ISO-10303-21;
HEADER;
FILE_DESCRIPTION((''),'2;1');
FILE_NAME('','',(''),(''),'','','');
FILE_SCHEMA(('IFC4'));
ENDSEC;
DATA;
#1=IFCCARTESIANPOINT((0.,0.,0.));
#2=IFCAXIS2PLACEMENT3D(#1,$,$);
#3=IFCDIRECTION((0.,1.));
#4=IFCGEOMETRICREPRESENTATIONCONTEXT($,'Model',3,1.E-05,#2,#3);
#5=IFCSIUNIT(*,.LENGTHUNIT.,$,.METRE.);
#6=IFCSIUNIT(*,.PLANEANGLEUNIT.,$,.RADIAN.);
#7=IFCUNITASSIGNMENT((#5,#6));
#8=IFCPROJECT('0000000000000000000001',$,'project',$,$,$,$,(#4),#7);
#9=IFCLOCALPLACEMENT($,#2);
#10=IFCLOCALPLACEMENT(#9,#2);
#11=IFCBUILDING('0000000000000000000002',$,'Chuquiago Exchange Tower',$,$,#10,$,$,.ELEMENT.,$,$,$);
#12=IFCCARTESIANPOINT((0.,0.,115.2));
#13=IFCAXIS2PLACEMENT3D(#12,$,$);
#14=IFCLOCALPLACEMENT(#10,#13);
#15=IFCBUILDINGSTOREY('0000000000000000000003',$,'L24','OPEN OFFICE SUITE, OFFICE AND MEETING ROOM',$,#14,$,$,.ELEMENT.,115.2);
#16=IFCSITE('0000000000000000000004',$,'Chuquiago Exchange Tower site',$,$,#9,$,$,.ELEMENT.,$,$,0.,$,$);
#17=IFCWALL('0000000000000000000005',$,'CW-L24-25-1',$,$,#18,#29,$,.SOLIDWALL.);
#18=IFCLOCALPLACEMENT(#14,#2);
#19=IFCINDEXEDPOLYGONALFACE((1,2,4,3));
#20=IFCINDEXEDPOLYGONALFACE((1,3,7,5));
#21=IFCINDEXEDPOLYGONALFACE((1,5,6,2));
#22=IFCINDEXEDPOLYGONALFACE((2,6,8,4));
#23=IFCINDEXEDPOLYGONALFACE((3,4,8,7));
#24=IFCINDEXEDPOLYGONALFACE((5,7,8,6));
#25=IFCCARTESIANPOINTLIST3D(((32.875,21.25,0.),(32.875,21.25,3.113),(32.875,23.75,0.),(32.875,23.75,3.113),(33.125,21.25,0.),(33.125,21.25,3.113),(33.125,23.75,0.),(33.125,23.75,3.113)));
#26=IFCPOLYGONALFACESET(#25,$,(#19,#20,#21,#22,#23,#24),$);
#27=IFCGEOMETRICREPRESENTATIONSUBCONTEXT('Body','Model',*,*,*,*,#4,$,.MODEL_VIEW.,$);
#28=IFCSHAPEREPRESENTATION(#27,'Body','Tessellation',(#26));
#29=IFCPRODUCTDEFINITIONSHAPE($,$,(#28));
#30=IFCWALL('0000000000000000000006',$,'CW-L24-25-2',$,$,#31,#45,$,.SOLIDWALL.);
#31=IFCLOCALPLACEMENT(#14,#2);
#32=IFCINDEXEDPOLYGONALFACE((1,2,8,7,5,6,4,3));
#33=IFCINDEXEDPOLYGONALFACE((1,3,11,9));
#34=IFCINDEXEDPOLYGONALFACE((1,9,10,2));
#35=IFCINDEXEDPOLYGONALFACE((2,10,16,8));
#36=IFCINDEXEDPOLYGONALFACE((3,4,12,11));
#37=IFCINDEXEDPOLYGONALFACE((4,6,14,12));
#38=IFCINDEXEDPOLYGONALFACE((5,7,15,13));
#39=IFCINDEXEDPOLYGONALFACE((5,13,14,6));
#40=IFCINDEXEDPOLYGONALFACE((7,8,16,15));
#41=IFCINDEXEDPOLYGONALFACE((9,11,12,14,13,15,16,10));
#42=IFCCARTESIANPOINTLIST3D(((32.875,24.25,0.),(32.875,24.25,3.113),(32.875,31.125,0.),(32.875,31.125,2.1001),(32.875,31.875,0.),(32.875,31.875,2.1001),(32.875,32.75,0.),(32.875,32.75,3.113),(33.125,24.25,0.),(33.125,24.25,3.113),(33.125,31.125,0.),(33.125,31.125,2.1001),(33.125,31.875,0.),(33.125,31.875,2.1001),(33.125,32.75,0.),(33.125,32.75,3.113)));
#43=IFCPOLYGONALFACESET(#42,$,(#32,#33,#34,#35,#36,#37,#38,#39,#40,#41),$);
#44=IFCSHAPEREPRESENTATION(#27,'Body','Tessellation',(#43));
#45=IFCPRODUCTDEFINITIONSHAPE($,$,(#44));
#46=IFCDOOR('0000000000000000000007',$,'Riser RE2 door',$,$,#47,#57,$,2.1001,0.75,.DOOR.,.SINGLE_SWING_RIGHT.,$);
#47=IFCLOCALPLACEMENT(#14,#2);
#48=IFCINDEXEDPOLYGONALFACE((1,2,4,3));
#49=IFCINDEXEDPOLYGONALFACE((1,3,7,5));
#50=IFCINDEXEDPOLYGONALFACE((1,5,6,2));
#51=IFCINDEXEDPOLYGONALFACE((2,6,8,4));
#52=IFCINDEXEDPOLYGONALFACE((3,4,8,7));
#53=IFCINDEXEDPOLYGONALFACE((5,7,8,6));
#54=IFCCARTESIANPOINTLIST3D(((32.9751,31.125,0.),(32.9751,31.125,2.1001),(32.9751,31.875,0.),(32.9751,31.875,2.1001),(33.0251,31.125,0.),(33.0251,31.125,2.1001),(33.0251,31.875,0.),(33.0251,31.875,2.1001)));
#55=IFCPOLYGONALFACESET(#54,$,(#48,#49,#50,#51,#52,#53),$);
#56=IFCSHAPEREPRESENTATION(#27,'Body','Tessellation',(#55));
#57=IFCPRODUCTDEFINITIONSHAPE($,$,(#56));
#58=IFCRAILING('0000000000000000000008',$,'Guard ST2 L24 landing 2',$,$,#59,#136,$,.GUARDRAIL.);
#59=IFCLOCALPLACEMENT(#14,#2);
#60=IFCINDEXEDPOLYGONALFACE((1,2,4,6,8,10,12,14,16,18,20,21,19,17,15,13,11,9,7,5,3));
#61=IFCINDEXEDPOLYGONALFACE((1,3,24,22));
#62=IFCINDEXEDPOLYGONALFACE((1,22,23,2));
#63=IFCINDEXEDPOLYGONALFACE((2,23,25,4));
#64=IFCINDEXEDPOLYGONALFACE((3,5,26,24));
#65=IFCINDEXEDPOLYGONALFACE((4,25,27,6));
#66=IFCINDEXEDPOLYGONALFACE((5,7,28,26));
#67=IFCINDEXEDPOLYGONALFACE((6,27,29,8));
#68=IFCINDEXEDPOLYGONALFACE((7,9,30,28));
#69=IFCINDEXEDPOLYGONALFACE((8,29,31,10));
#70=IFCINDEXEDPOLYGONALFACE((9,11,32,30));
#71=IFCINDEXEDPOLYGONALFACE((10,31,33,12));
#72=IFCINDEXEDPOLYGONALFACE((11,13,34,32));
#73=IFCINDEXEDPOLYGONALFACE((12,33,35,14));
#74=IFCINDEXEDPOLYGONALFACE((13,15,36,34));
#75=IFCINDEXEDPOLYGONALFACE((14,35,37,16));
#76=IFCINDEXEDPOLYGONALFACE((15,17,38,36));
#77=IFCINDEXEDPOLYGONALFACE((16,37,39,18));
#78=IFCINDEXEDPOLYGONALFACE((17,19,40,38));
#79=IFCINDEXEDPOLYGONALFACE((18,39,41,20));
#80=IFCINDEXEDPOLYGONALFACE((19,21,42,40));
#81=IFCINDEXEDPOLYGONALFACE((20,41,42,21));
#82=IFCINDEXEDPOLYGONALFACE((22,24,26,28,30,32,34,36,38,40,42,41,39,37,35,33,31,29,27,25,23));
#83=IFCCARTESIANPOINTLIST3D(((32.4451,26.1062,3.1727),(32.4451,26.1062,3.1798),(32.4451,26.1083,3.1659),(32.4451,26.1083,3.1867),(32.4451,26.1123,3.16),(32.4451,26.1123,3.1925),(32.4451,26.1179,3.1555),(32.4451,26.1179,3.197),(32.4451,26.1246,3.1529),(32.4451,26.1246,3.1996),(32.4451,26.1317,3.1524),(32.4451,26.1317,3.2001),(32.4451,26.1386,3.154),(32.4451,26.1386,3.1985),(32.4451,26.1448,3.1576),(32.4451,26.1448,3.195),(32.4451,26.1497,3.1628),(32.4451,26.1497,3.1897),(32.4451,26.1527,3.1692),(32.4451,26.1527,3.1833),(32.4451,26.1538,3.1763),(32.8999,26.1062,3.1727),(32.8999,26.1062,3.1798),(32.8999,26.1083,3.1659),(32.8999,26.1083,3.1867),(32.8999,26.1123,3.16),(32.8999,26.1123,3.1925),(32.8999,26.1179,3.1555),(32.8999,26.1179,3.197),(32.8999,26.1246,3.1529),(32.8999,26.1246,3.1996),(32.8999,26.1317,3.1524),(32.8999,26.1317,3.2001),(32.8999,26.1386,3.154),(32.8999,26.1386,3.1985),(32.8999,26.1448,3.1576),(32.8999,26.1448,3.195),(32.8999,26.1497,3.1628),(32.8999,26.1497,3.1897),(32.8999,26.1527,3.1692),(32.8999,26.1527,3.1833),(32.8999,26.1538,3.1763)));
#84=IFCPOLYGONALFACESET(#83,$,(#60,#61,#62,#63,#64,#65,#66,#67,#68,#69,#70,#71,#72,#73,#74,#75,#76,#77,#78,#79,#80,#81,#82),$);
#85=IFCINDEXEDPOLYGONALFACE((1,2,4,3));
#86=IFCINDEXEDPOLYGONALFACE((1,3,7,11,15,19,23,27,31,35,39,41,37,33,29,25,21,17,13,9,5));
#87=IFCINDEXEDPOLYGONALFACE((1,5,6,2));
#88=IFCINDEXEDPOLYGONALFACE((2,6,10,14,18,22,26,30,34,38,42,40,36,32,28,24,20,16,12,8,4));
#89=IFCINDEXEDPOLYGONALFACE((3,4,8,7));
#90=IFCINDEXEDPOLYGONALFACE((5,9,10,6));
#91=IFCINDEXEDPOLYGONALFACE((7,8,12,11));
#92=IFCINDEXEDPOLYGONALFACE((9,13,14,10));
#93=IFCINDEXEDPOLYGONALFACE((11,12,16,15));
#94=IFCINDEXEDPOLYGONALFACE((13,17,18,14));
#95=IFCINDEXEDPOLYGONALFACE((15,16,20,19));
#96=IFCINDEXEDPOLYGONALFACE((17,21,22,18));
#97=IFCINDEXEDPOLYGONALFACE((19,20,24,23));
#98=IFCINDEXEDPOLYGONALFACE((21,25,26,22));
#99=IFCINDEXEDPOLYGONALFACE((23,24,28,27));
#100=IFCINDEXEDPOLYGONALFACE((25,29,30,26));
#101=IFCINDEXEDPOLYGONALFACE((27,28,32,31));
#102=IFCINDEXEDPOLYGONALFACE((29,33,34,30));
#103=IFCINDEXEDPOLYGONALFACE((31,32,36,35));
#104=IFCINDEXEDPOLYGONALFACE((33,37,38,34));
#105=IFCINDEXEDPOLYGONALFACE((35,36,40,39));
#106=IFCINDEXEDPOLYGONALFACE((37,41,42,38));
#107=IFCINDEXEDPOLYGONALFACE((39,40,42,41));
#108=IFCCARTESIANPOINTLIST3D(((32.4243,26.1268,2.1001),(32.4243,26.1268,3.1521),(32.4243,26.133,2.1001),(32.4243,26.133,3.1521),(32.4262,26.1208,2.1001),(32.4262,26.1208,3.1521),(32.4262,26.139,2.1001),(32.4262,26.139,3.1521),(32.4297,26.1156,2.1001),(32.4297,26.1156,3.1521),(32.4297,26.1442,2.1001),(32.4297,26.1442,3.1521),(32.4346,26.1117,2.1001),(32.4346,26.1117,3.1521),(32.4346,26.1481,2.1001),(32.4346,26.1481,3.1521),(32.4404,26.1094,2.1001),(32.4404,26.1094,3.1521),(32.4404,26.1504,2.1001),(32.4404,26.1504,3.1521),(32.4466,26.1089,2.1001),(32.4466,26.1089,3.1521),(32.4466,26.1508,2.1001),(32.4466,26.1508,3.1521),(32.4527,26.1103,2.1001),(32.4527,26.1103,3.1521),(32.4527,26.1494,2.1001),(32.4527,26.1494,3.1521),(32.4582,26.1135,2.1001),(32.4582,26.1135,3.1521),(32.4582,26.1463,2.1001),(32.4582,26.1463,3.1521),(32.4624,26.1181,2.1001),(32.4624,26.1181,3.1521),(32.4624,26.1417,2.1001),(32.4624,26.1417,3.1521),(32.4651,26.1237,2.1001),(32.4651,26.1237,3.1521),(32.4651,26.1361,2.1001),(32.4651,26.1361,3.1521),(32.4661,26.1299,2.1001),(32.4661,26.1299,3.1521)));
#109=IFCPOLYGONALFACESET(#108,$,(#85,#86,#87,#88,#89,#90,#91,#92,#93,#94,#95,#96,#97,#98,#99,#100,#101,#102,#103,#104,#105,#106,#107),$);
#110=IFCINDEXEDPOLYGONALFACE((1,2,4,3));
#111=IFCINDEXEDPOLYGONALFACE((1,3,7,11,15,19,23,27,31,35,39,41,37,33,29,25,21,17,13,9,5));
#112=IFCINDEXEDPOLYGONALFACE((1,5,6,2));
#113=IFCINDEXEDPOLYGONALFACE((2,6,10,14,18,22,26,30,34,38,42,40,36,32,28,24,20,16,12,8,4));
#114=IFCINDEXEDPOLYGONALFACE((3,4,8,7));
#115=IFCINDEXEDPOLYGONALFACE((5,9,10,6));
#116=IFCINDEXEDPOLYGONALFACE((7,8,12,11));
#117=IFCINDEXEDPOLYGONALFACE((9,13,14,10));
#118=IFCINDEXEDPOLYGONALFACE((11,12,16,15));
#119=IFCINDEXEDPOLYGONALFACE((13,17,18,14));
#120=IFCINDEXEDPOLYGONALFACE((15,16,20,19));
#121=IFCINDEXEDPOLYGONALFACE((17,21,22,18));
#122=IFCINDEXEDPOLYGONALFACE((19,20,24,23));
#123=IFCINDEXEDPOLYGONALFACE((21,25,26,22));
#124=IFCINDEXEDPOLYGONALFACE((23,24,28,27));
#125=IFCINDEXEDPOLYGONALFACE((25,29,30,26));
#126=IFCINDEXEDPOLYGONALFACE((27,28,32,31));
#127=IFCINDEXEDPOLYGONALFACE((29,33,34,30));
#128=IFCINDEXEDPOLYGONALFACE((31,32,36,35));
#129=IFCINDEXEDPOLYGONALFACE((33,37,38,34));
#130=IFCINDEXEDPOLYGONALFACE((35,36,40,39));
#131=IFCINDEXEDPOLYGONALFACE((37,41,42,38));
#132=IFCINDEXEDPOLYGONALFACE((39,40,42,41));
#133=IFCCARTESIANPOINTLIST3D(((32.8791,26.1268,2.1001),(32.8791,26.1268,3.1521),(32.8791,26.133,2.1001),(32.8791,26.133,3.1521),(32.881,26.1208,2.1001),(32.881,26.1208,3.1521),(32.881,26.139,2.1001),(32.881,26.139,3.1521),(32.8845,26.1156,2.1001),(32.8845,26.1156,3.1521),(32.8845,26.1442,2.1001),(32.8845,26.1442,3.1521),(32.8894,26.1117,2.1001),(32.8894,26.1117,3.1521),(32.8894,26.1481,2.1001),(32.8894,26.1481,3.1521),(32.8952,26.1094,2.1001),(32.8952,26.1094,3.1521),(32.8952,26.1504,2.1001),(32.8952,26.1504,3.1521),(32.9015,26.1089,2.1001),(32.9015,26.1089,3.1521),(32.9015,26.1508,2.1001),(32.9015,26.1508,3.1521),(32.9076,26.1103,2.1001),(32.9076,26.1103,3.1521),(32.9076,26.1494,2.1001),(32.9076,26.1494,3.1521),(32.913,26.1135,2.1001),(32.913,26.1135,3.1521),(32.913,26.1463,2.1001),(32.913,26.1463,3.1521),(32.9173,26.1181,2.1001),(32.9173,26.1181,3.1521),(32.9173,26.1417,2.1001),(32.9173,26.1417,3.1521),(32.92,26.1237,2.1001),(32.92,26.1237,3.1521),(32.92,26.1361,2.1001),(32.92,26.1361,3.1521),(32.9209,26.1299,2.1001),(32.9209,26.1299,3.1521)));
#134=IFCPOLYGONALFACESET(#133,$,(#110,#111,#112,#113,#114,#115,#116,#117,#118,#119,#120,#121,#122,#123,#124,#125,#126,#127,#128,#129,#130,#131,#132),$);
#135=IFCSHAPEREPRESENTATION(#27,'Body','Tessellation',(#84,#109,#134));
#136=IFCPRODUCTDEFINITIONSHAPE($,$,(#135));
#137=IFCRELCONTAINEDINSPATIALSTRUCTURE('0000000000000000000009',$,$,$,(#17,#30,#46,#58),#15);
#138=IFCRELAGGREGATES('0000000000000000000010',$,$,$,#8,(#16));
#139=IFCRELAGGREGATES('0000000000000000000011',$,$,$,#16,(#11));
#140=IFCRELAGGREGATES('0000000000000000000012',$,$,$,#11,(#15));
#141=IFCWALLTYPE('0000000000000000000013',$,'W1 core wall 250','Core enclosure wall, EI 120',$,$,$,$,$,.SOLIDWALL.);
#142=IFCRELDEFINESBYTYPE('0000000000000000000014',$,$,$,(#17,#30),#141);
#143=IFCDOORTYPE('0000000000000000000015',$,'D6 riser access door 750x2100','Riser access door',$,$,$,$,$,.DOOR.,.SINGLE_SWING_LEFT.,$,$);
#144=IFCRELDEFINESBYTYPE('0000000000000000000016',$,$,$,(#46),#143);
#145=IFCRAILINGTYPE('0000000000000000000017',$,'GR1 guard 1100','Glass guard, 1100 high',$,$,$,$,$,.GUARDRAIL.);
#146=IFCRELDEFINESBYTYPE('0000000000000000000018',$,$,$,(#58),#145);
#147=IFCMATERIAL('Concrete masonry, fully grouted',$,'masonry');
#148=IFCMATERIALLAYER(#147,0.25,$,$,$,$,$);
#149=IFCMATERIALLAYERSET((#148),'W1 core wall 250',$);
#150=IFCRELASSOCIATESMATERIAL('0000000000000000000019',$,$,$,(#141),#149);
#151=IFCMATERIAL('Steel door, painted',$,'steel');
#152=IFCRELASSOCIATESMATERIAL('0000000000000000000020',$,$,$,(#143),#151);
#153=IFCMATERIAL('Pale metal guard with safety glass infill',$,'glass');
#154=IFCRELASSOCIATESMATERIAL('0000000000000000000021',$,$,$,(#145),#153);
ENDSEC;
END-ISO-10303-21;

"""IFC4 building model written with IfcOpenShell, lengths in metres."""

from ifc_helpers import new_model, si_unit, direction, frame, frame_2d, origin, origin_2d, place, context, subcontext, project, spatial, rectangle, circle, extrude, material, layer, layer_set, type_object, element, fill, save


model = new_model("IFC4")

# Units and contexts
model_context = context("Model", 3, precision=1e-05, world=origin(), true_north=direction((0.0, 1.0)))
body_context = subcontext(model_context, "Body", "Model", "MODEL_VIEW")
ifc_project = project(units=[si_unit("LENGTHUNIT", "METRE"), si_unit("PLANEANGLEUNIT", "RADIAN")], contexts=[model_context])

# Site, building, storey
site_placement = place(None, origin())
site = spatial("IfcSite", under=ifc_project, at=site_placement, Name="Chuquiago Exchange Tower site", CompositionType="ELEMENT", RefElevation=0.0)
building_placement = place(site_placement, origin())
building = spatial("IfcBuilding", under=site, at=building_placement, Name="Chuquiago Exchange Tower", CompositionType="ELEMENT")
storey_placement = place(building_placement, frame((0.0, 0.0, 115.2)))
storey = spatial("IfcBuildingStorey", under=building, at=storey_placement, Name="L24", Description="OPEN OFFICE SUITE, OFFICE AND MEETING ROOM", CompositionType="ELEMENT", Elevation=115.2)

# Wall
ifc_material_1 = material(Name="Concrete masonry, fully grouted", Category="masonry")
ifc_layer_1 = layer(ifc_material_1, 0.25)
ifc_layer_set_1 = layer_set([ifc_layer_1], Name="W1 core wall 250")
wall_type_1 = type_object("IfcWallType", Name="W1 core wall 250", Description="Core enclosure wall, EI 120", PredefinedType="SOLIDWALL", material=ifc_layer_set_1)
wall_1_placement = place(storey_placement, frame((33.0, 21.25, 0.0), z_axis=(0.0, 0.0, 1.0), x_axis=(0.0, 1.0, 0.0)))
element("IfcWall", 1, at=wall_1_placement, inside=storey, type_object=wall_type_1, Name="CW-L24-25-1", PredefinedType="SOLIDWALL", context=body_context, shape_type="SweptSolid", body=[
    extrude(rectangle(XDim=2.5, YDim=0.25, at=frame_2d((1.25, 0.0))), origin(), (0.0, 0.0, 1.0), 3.113),
])

# Wall, opening, door
wall_2_placement = place(storey_placement, frame((33.0, 24.25, 0.0), z_axis=(0.0, 0.0, 1.0), x_axis=(0.0, 1.0, 0.0)))
wall_2 = element("IfcWall", 2, at=wall_2_placement, inside=storey, type_object=wall_type_1, Name="CW-L24-25-2", PredefinedType="SOLIDWALL", context=body_context, shape_type="SweptSolid", body=[
    extrude(rectangle(XDim=8.5, YDim=0.25, at=frame_2d((4.25, 0.0))), origin(), (0.0, 0.0, 1.0), 3.113),
])
opening_1_placement = place(wall_2_placement, frame((6.875, 0.0, 0.0)))
opening_1 = element("IfcOpeningElement", 3, at=opening_1_placement, cuts=wall_2, PredefinedType="OPENING", context=body_context, shape_type="SweptSolid", body=[
    extrude(rectangle(XDim=0.75, YDim=2.1001, at=frame_2d((0.375, 1.05))), frame((0.0, 0.135, 0.0), z_axis=(0.0, -1.0, 0.0), x_axis=(1.0, 0.0, 0.0)), (0.0, 0.0, 1.0), 0.27),
])
ifc_material_2 = material(Name="Steel door, painted", Category="steel")
door_type_1 = type_object("IfcDoorType", Name="D6 riser access door 750x2100", Description="Riser access door", OperationType="SINGLE_SWING_LEFT", PredefinedType="DOOR", material=ifc_material_2)
door_1_placement = place(opening_1_placement, origin())
door_1 = element("IfcDoor", 4, at=door_1_placement, inside=storey, type_object=door_type_1, Name="Riser RE2 door", OperationType="SINGLE_SWING_RIGHT", OverallHeight=2.1001, OverallWidth=0.75, PredefinedType="DOOR", context=body_context, shape_type="SweptSolid", body=[
    extrude(rectangle(XDim=0.75, YDim=2.1001, at=frame_2d((0.375, 1.05))), frame((0.0, 0.0249, 0.0), z_axis=(0.0, -1.0, 0.0), x_axis=(1.0, 0.0, 0.0)), (0.0, 0.0, 1.0), 0.05),
])
fill(opening_1, door_1)

# Railing
ifc_material_3 = material(Name="Pale metal guard with safety glass infill", Category="glass")
railing_type_1 = type_object("IfcRailingType", Name="GR1 guard 1100", Description="Glass guard, 1100 high", PredefinedType="GUARDRAIL", material=ifc_material_3)
railing_1_placement = place(storey_placement, frame((32.4451, 26.1299, 2.1001)))
element("IfcRailing", 5, at=railing_1_placement, inside=storey, type_object=railing_type_1, Name="Guard ST2 L24 landing 2", PredefinedType="GUARDRAIL", context=body_context, shape_type="SweptSolid", body=[
    extrude(circle(Radius=0.0239, at=origin_2d()), frame((0.0, 0.0, 1.0762), z_axis=(1.0, 0.0, 0.0), x_axis=(0.0, 1.0, 0.0)), (0.0, 0.0, 1.0), 0.4548),
    extrude(circle(Radius=0.021, at=origin_2d()), origin(), (0.0, 0.0, 1.0), 1.052),
    extrude(circle(Radius=0.021, at=origin_2d()), frame((0.4548, 0.0, 0.0)), (0.0, 0.0, 1.0), 1.052),
])

save(model, "model.ifc")
